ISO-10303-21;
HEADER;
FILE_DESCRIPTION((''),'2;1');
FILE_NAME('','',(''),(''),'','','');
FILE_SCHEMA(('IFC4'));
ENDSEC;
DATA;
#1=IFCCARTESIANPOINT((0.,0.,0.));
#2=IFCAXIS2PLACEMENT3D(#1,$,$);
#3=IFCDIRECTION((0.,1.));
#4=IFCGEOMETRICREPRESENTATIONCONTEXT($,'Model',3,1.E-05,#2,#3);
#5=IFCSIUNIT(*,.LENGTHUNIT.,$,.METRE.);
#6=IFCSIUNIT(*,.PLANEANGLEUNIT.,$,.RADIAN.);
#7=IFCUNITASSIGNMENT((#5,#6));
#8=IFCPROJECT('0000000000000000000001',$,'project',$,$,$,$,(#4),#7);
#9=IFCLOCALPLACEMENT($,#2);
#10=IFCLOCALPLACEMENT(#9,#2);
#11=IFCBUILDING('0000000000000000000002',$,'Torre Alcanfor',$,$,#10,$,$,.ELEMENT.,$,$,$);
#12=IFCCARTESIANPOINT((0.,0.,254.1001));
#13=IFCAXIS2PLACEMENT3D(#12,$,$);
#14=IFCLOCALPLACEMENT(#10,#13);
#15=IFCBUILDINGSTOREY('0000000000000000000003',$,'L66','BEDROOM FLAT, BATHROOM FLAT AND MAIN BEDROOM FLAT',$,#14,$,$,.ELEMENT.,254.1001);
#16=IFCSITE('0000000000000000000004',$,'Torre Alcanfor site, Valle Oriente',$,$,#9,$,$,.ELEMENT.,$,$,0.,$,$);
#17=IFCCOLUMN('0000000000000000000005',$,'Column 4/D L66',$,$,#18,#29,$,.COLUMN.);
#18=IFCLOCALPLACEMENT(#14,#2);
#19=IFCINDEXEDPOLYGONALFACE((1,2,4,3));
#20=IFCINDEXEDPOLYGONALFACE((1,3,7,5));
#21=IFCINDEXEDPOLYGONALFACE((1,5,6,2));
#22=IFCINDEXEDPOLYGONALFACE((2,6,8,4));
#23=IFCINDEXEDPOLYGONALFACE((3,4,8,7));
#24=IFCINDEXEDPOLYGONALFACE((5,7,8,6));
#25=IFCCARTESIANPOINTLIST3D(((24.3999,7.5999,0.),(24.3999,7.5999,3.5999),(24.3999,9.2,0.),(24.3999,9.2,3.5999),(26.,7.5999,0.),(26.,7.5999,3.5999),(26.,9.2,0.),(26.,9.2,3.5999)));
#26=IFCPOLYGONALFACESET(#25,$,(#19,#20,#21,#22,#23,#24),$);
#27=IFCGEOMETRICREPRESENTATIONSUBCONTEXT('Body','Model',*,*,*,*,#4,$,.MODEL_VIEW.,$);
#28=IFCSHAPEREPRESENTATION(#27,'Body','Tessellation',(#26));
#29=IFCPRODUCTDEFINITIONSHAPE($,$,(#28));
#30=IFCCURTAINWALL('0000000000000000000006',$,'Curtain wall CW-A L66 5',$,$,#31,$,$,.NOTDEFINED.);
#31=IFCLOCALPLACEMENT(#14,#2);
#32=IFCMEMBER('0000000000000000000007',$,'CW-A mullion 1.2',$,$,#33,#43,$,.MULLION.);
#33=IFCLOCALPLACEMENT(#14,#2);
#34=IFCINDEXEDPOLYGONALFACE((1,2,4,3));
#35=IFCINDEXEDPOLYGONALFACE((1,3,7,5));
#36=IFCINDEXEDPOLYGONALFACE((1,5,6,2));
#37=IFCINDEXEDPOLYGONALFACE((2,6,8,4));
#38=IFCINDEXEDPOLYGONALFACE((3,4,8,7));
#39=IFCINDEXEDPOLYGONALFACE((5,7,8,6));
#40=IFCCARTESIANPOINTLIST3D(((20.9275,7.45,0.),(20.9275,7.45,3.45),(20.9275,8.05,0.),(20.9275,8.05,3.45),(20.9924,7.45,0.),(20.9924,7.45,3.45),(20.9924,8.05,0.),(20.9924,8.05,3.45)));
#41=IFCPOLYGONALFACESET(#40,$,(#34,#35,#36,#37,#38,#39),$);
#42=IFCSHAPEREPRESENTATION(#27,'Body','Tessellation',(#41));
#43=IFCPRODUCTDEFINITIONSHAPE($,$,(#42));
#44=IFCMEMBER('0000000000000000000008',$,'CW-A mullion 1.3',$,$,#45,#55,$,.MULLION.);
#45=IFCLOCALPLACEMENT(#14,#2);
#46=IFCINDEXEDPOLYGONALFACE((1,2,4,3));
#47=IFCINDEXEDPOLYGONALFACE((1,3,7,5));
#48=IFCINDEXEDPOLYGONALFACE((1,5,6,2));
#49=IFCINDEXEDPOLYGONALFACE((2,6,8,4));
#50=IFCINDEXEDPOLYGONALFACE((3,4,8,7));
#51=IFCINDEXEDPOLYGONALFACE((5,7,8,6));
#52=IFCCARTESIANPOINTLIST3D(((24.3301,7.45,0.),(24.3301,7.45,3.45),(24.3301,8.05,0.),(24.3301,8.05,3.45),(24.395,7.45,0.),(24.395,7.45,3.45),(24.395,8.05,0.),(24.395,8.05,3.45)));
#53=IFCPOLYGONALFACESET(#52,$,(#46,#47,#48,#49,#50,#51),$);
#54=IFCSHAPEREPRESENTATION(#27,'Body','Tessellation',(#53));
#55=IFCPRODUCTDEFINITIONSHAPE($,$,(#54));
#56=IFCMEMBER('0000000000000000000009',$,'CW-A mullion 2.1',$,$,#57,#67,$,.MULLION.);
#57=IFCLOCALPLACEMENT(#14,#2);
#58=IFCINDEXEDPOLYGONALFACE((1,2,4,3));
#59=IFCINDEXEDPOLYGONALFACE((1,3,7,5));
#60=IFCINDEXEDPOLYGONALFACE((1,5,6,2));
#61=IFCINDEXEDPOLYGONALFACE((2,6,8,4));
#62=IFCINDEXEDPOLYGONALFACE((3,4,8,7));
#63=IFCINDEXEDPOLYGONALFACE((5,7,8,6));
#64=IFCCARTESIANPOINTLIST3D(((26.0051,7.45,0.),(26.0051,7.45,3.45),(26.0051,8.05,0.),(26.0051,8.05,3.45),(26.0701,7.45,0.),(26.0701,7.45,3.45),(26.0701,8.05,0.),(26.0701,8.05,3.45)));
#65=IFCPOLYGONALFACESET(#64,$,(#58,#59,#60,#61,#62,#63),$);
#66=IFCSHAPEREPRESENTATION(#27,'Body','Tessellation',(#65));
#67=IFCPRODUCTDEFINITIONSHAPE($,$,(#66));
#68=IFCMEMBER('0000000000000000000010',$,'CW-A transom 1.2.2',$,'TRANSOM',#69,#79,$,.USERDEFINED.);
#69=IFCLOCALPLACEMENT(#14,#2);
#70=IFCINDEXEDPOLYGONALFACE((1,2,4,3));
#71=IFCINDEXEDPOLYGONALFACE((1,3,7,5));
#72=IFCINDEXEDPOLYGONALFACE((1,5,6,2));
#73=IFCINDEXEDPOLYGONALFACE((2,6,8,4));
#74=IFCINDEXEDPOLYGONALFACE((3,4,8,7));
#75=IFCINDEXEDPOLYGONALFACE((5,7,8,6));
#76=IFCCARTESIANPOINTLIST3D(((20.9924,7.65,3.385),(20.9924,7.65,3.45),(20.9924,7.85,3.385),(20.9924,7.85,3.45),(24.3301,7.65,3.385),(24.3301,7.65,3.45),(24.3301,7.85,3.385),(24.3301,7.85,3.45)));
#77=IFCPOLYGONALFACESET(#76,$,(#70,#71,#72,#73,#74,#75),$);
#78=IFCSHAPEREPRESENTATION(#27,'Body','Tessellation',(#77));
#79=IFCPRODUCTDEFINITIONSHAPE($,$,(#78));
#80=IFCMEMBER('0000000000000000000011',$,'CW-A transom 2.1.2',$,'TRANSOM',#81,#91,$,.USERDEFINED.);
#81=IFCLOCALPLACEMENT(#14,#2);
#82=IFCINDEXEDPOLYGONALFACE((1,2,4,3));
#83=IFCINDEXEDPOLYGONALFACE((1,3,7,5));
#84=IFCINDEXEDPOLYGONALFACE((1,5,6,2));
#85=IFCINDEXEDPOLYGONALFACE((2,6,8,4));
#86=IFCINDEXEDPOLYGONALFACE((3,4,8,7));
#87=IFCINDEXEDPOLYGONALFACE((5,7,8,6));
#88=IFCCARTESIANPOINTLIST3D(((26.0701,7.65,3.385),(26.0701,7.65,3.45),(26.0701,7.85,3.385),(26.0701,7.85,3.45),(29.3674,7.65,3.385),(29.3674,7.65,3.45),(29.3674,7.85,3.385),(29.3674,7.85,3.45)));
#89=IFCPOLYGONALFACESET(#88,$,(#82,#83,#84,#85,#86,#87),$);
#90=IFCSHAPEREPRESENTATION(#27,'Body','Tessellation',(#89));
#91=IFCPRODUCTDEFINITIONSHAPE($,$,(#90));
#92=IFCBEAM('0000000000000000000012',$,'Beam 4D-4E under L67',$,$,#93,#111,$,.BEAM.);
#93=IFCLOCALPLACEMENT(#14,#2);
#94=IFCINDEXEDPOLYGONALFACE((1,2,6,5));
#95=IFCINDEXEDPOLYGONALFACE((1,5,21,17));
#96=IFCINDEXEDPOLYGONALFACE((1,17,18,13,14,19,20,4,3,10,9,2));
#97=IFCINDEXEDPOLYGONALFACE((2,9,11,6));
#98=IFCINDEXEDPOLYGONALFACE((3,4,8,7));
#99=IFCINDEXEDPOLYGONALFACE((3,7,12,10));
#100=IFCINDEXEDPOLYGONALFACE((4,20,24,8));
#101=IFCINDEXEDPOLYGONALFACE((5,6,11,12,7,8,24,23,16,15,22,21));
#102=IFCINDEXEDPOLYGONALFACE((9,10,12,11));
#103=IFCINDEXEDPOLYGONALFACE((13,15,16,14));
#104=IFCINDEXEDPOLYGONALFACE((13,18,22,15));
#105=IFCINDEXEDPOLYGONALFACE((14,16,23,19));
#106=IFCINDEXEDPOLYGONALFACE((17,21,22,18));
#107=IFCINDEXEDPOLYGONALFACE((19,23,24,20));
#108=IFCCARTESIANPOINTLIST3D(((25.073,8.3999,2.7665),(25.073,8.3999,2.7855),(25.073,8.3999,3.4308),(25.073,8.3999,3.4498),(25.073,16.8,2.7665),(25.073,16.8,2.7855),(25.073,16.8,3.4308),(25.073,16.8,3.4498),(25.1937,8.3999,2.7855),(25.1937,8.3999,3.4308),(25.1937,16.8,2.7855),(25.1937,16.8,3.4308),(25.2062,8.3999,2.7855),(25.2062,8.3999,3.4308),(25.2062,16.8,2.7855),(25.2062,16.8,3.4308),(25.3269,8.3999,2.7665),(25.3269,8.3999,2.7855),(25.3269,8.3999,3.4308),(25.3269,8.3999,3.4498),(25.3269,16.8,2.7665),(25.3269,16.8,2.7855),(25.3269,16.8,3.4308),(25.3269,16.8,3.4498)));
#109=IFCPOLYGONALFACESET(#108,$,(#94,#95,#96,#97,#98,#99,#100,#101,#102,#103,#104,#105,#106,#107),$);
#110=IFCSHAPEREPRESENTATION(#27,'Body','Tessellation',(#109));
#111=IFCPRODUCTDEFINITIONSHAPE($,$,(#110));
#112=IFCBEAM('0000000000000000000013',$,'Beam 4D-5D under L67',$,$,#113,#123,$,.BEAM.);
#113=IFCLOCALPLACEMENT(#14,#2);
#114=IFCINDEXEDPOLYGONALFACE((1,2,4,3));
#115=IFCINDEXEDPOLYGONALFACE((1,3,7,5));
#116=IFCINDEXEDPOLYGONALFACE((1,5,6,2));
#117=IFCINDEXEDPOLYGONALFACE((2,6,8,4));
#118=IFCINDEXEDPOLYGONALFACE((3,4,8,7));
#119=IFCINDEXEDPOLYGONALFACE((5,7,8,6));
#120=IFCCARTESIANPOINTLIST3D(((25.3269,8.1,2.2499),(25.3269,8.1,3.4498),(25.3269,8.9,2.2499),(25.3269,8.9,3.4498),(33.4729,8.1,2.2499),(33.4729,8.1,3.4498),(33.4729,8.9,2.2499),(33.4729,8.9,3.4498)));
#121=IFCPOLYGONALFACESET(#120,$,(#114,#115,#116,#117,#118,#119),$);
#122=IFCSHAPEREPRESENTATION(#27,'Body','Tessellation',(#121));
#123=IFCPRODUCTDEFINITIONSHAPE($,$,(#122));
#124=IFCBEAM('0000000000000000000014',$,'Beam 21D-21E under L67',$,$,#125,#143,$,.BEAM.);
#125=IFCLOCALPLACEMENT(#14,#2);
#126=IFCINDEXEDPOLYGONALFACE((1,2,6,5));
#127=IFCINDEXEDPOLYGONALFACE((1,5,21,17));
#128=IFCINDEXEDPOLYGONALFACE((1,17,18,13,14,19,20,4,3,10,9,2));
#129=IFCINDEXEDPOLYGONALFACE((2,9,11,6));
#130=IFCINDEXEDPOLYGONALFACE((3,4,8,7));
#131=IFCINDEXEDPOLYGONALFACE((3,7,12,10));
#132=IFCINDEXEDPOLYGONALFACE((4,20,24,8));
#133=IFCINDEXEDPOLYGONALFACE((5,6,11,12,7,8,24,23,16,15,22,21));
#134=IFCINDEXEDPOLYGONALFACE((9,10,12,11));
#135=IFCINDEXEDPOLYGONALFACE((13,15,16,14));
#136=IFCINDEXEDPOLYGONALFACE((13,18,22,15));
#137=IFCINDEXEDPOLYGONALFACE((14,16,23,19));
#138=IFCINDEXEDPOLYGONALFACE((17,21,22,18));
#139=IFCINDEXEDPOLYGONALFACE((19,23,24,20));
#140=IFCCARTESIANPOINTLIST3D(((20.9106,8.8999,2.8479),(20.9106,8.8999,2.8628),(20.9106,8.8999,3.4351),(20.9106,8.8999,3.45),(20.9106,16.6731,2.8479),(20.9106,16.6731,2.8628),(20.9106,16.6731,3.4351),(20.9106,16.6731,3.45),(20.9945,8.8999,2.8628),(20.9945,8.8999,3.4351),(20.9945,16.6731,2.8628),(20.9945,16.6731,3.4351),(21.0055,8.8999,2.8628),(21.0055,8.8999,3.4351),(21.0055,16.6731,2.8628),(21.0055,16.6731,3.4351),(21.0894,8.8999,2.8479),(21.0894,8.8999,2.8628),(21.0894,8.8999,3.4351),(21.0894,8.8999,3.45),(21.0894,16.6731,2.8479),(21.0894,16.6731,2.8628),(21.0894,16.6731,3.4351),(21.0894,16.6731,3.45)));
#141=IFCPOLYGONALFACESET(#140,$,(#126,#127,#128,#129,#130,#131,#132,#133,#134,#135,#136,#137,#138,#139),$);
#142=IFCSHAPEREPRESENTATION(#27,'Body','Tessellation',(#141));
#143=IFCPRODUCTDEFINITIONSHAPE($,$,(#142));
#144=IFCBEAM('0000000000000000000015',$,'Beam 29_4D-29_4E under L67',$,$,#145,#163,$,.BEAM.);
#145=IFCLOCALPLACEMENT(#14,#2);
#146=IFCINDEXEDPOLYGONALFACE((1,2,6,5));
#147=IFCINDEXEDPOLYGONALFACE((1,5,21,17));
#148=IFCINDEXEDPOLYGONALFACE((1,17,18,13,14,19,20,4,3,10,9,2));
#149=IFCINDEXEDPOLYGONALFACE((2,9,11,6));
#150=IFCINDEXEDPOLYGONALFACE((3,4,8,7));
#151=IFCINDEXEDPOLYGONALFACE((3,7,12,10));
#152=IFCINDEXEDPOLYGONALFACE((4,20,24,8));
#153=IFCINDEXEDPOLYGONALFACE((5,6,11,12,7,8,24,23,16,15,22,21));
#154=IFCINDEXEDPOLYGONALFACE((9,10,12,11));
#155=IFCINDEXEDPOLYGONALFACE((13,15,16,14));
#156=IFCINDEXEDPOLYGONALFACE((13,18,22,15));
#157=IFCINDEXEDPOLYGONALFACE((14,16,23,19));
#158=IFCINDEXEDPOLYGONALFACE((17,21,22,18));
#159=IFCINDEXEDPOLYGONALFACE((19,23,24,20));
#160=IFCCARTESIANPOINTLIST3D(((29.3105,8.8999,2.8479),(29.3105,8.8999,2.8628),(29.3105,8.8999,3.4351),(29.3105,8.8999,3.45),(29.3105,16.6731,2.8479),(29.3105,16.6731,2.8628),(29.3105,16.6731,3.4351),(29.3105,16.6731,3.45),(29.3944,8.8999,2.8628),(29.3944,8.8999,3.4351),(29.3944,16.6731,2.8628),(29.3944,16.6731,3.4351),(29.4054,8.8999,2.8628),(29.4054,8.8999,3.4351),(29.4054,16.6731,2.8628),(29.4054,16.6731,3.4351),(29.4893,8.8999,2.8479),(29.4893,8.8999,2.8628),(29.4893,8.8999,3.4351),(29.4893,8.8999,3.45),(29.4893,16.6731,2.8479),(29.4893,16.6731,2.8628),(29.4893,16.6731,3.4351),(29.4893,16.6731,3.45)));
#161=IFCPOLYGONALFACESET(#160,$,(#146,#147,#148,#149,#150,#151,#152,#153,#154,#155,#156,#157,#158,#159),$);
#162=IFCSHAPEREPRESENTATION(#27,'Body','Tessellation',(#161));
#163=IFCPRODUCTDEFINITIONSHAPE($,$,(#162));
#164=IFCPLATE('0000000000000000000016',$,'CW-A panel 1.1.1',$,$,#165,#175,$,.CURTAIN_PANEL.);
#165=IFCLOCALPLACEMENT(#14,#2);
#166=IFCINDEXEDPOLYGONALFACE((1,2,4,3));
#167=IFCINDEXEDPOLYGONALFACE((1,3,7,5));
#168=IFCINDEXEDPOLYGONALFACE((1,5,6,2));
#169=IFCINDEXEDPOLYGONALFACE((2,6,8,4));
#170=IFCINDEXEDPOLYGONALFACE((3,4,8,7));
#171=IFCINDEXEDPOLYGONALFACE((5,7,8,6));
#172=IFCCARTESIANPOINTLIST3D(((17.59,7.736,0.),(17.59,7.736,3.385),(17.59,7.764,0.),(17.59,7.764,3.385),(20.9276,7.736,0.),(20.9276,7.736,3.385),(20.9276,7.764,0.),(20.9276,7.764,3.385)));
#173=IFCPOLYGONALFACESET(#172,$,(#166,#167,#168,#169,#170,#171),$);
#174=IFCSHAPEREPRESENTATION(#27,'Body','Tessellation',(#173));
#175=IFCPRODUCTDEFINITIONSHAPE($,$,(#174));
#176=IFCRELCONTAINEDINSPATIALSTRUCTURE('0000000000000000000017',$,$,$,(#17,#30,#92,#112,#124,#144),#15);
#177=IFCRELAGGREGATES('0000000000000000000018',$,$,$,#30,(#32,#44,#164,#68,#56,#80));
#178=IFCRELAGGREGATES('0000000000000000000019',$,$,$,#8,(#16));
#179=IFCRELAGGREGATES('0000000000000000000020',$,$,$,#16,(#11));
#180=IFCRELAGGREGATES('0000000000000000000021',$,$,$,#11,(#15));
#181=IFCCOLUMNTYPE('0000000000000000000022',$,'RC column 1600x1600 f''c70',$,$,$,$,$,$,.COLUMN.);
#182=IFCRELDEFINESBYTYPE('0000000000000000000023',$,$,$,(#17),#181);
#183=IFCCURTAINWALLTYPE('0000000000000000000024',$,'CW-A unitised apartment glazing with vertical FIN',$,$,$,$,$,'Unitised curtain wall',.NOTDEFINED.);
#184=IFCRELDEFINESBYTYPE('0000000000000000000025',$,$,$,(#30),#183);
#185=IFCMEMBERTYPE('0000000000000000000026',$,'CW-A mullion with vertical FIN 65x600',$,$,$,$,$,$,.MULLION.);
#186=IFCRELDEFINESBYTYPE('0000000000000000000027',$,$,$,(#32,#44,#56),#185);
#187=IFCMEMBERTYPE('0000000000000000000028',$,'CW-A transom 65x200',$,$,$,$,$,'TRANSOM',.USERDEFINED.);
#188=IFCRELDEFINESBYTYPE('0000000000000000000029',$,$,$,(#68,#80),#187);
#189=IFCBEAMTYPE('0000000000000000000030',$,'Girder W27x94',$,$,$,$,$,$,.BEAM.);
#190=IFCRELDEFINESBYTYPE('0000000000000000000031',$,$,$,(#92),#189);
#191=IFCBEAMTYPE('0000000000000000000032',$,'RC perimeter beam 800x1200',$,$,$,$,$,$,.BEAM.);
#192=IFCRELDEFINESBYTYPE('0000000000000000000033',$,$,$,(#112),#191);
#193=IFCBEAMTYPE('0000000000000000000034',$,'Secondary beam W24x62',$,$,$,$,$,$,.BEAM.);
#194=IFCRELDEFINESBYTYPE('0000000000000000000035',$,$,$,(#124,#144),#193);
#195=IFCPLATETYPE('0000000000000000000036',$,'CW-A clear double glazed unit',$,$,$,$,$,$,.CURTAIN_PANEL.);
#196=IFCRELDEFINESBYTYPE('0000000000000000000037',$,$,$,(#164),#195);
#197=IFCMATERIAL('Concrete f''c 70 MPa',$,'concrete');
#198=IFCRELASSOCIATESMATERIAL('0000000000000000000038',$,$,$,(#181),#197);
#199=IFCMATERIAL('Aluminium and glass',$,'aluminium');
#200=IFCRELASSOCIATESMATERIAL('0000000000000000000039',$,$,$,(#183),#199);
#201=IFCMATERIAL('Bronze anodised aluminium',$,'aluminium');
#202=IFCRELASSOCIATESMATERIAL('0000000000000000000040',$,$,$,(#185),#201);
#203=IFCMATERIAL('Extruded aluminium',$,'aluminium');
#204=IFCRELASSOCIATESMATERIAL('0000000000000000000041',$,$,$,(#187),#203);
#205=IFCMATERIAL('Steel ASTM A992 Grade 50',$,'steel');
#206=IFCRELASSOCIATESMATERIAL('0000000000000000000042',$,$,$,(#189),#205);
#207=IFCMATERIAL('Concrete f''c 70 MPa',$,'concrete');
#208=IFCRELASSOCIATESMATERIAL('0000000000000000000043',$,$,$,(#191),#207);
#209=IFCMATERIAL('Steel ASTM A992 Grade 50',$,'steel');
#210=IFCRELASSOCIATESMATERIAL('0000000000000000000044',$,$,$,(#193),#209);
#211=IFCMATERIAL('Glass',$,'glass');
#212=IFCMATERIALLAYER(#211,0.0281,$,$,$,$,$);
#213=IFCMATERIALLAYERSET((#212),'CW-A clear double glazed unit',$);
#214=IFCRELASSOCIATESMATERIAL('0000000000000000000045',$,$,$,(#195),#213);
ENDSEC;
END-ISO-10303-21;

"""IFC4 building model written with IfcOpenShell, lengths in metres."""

from ifc_helpers import new_model, si_unit, direction, frame, origin, origin_2d, place, context, subcontext, project, spatial, rectangle, i_section, extrude, material, layer, layer_set, material_profile, profile_set, type_object, element, aggregate, save


model = new_model("IFC4")

# Units and contexts
model_context = context("Model", 3, precision=1e-05, world=origin(), true_north=direction((0.0, 1.0)))
body_context = subcontext(model_context, "Body", "Model", "MODEL_VIEW")
ifc_project = project(units=[si_unit("LENGTHUNIT", "METRE"), si_unit("PLANEANGLEUNIT", "RADIAN")], contexts=[model_context])

# Site, building, storey
site_placement = place(None, origin())
site = spatial("IfcSite", under=ifc_project, at=site_placement, Name="Torre Alcanfor site, Valle Oriente", CompositionType="ELEMENT", RefElevation=0.0)
building_placement = place(site_placement, origin())
building = spatial("IfcBuilding", under=site, at=building_placement, Name="Torre Alcanfor", CompositionType="ELEMENT")
storey_placement = place(building_placement, frame((0.0, 0.0, 254.1001)))
storey = spatial("IfcBuildingStorey", under=building, at=storey_placement, Name="L66", Description="BEDROOM FLAT, BATHROOM FLAT AND MAIN BEDROOM FLAT", CompositionType="ELEMENT", Elevation=254.1001)

# Column
ifc_material_1 = material(Name="Concrete f'c 70 MPa", Category="concrete")
ifc_material_profile_1 = material_profile(ifc_material_1, rectangle(XDim=1.6001, YDim=1.6001, at=origin_2d()), Name="1600x1600")
ifc_profile_set_1 = profile_set([ifc_material_profile_1], Name="Concrete f'c 70 MPa")
column_type = type_object("IfcColumnType", Name="RC column 1600x1600 f'c70", PredefinedType="COLUMN", material=ifc_profile_set_1)
column_placement = place(storey_placement, frame((25.2, 8.3999, 0.0), z_axis=(0.0, 0.0, 1.0), x_axis=(1.0, 0.0, 0.0)))
element("IfcColumn", 1, at=column_placement, inside=storey, type_object=column_type, Name="Column 4/D L66", PredefinedType="COLUMN", context=body_context, shape_type="SweptSolid", body=[
    extrude(rectangle(XDim=1.6001, YDim=1.6001, at=origin_2d()), origin(), (0.0, 0.0, 1.0), 3.5999),
])

# Curtain wall, members
ifc_material_2 = material(Name="Aluminium and glass", Category="aluminium")
curtain_wall_type = type_object("IfcCurtainWallType", Name="CW-A unitised apartment glazing with vertical FIN", ElementType="Unitised curtain wall", PredefinedType="NOTDEFINED", material=ifc_material_2)
curtain_wall_placement = place(storey_placement, origin())
curtain_wall = element("IfcCurtainWall", 2, at=curtain_wall_placement, inside=storey, type_object=curtain_wall_type, Name="Curtain wall CW-A L66 5", PredefinedType="NOTDEFINED")
ifc_material_3 = material(Name="Bronze anodised aluminium", Category="aluminium")
ifc_material_profile_2 = material_profile(ifc_material_3, rectangle(XDim=0.6001, YDim=0.0649, at=origin_2d()), Name="CW-A mullion 65x600")
ifc_profile_set_2 = profile_set([ifc_material_profile_2], Name="Bronze anodised aluminium")
member_type_1 = type_object("IfcMemberType", Name="CW-A mullion with vertical FIN 65x600", PredefinedType="MULLION", material=ifc_profile_set_2)
member_1_placement = place(storey_placement, frame((20.96, 7.75, 0.0), z_axis=(0.0, 0.0, 1.0), x_axis=(0.0, 1.0, 0.0)))
member_1 = element("IfcMember", 3, at=member_1_placement, type_object=member_type_1, Name="CW-A mullion 1.2", PredefinedType="MULLION", context=body_context, shape_type="SweptSolid", body=[
    extrude(rectangle(XDim=0.6001, YDim=0.0649, at=origin_2d()), origin(), (0.0, 0.0, 1.0), 3.45),
])
member_2_placement = place(storey_placement, frame((24.3625, 7.75, 0.0), z_axis=(0.0, 0.0, 1.0), x_axis=(0.0, 1.0, 0.0)))
member_2 = element("IfcMember", 4, at=member_2_placement, type_object=member_type_1, Name="CW-A mullion 1.3", PredefinedType="MULLION", context=body_context, shape_type="SweptSolid", body=[
    extrude(rectangle(XDim=0.6001, YDim=0.0649, at=origin_2d()), origin(), (0.0, 0.0, 1.0), 3.45),
])
member_3_placement = place(storey_placement, frame((26.0376, 7.75, 0.0), z_axis=(0.0, 0.0, 1.0), x_axis=(0.0, 1.0, 0.0)))
member_3 = element("IfcMember", 5, at=member_3_placement, type_object=member_type_1, Name="CW-A mullion 2.1", PredefinedType="MULLION", context=body_context, shape_type="SweptSolid", body=[
    extrude(rectangle(XDim=0.6001, YDim=0.0649, at=origin_2d()), origin(), (0.0, 0.0, 1.0), 3.45),
])
ifc_material_4 = material(Name="Extruded aluminium", Category="aluminium")
ifc_material_profile_3 = material_profile(ifc_material_4, rectangle(XDim=0.2, YDim=0.0649, at=origin_2d()), Name="CW-A transom 200x65")
ifc_profile_set_3 = profile_set([ifc_material_profile_3], Name="Extruded aluminium")
member_type_2 = type_object("IfcMemberType", Name="CW-A transom 65x200", ElementType="TRANSOM", PredefinedType="USERDEFINED", material=ifc_profile_set_3)
member_4_placement = place(storey_placement, frame((20.9924, 7.75, 3.4175), z_axis=(1.0, 0.0, 0.0), x_axis=(0.0, 1.0, 0.0)))
member_4 = element("IfcMember", 6, at=member_4_placement, type_object=member_type_2, Name="CW-A transom 1.2.2", ObjectType="TRANSOM", PredefinedType="USERDEFINED", context=body_context, shape_type="SweptSolid", body=[
    extrude(rectangle(XDim=0.2, YDim=0.0649, at=origin_2d()), origin(), (0.0, 0.0, 1.0), 3.3376),
])
member_5_placement = place(storey_placement, frame((26.0701, 7.75, 3.4175), z_axis=(1.0, 0.0, 0.0), x_axis=(0.0, 1.0, 0.0)))
member_5 = element("IfcMember", 7, at=member_5_placement, type_object=member_type_2, Name="CW-A transom 2.1.2", ObjectType="TRANSOM", PredefinedType="USERDEFINED", context=body_context, shape_type="SweptSolid", body=[
    extrude(rectangle(XDim=0.2, YDim=0.0649, at=origin_2d()), origin(), (0.0, 0.0, 1.0), 3.2974),
])

# Beams
ifc_material_5 = material(Name="Steel ASTM A992 Grade 50", Category="steel")
ifc_material_profile_4 = material_profile(ifc_material_5, i_section(OverallWidth=0.2539, OverallDepth=0.6833, WebThickness=0.0125, FlangeThickness=0.019, at=origin_2d()), Name="W27x94")
ifc_profile_set_4 = profile_set([ifc_material_profile_4], Name="Steel ASTM A992 Grade 50")
beam_type_1 = type_object("IfcBeamType", Name="Girder W27x94", PredefinedType="BEAM", material=ifc_profile_set_4)
beam_1_placement = place(storey_placement, frame((25.2, 8.3999, 3.1082), z_axis=(0.0, 1.0, 0.0), x_axis=(-1.0, 0.0, 0.0)))
element("IfcBeam", 8, at=beam_1_placement, inside=storey, type_object=beam_type_1, Name="Beam 4D-4E under L67", PredefinedType="BEAM", context=body_context, shape_type="SweptSolid", body=[
    extrude(i_section(OverallWidth=0.2539, OverallDepth=0.6833, WebThickness=0.0125, FlangeThickness=0.019, at=origin_2d()), origin(), (0.0, 0.0, 1.0), 8.4001),
])
ifc_material_6 = material(Name="Concrete f'c 70 MPa", Category="concrete")
ifc_material_profile_5 = material_profile(ifc_material_6, rectangle(XDim=0.8, YDim=1.2, at=origin_2d()), Name="800x1200")
ifc_profile_set_5 = profile_set([ifc_material_profile_5], Name="Concrete f'c 70 MPa")
beam_type_2 = type_object("IfcBeamType", Name="RC perimeter beam 800x1200", PredefinedType="BEAM", material=ifc_profile_set_5)
beam_2_placement = place(storey_placement, frame((25.3269, 8.5, 2.8499), z_axis=(1.0, 0.0, 0.0), x_axis=(0.0, 1.0, 0.0)))
element("IfcBeam", 9, at=beam_2_placement, inside=storey, type_object=beam_type_2, Name="Beam 4D-5D under L67", PredefinedType="BEAM", context=body_context, shape_type="SweptSolid", body=[
    extrude(rectangle(XDim=0.8, YDim=1.2, at=origin_2d()), origin(), (0.0, 0.0, 1.0), 8.146),
])
ifc_material_7 = material(Name="Steel ASTM A992 Grade 50", Category="steel")
ifc_material_profile_6 = material_profile(ifc_material_7, i_section(OverallWidth=0.1787, OverallDepth=0.6021, WebThickness=0.011, FlangeThickness=0.0149, at=origin_2d()), Name="W24x62")
ifc_profile_set_6 = profile_set([ifc_material_profile_6], Name="Steel ASTM A992 Grade 50")
beam_type_3 = type_object("IfcBeamType", Name="Secondary beam W24x62", PredefinedType="BEAM", material=ifc_profile_set_6)
for number, where, z_axis, x_axis, name in (
    (10, (21.0, 8.8999, 3.1489), (0.0, 1.0, 0.0), (-1.0, 0.0, 0.0), "Beam 21D-21E under L67"),
    (11, (29.3999, 8.8999, 3.1489), (0.0, 1.0, 0.0), (-1.0, 0.0, 0.0), "Beam 29_4D-29_4E under L67"),
):
    element("IfcBeam", number, at=place(storey_placement, frame(where, z_axis=z_axis, x_axis=x_axis)), inside=storey, type_object=beam_type_3, Name=name, PredefinedType="BEAM", context=body_context, shape_type="SweptSolid", body=[
        extrude(i_section(OverallWidth=0.1787, OverallDepth=0.6021, WebThickness=0.011, FlangeThickness=0.0149, at=origin_2d()), origin(), (0.0, 0.0, 1.0), 7.7732),
    ])

# Plate
ifc_material_8 = material(Name="Glass", Category="glass")
ifc_layer_1 = layer(ifc_material_8, 0.0281)
ifc_layer_set_1 = layer_set([ifc_layer_1], Name="CW-A clear double glazed unit")
plate_type = type_object("IfcPlateType", Name="CW-A clear double glazed unit", PredefinedType="CURTAIN_PANEL", material=ifc_layer_set_1)
plate_1_placement = place(storey_placement, frame((19.2588, 7.75, 0.0), z_axis=(0.0, 0.0, 1.0), x_axis=(1.0, 0.0, 0.0)))
plate_1 = element("IfcPlate", 12, at=plate_1_placement, type_object=plate_type, Name="CW-A panel 1.1.1", PredefinedType="CURTAIN_PANEL", context=body_context, shape_type="SweptSolid", body=[
    extrude(rectangle(XDim=3.3376, YDim=0.0281, at=origin_2d()), origin(), (0.0, 0.0, 1.0), 3.385),
])
aggregate(curtain_wall, [member_1, member_2, plate_1, member_4, member_3, member_5])

save(model, "model.ifc")
